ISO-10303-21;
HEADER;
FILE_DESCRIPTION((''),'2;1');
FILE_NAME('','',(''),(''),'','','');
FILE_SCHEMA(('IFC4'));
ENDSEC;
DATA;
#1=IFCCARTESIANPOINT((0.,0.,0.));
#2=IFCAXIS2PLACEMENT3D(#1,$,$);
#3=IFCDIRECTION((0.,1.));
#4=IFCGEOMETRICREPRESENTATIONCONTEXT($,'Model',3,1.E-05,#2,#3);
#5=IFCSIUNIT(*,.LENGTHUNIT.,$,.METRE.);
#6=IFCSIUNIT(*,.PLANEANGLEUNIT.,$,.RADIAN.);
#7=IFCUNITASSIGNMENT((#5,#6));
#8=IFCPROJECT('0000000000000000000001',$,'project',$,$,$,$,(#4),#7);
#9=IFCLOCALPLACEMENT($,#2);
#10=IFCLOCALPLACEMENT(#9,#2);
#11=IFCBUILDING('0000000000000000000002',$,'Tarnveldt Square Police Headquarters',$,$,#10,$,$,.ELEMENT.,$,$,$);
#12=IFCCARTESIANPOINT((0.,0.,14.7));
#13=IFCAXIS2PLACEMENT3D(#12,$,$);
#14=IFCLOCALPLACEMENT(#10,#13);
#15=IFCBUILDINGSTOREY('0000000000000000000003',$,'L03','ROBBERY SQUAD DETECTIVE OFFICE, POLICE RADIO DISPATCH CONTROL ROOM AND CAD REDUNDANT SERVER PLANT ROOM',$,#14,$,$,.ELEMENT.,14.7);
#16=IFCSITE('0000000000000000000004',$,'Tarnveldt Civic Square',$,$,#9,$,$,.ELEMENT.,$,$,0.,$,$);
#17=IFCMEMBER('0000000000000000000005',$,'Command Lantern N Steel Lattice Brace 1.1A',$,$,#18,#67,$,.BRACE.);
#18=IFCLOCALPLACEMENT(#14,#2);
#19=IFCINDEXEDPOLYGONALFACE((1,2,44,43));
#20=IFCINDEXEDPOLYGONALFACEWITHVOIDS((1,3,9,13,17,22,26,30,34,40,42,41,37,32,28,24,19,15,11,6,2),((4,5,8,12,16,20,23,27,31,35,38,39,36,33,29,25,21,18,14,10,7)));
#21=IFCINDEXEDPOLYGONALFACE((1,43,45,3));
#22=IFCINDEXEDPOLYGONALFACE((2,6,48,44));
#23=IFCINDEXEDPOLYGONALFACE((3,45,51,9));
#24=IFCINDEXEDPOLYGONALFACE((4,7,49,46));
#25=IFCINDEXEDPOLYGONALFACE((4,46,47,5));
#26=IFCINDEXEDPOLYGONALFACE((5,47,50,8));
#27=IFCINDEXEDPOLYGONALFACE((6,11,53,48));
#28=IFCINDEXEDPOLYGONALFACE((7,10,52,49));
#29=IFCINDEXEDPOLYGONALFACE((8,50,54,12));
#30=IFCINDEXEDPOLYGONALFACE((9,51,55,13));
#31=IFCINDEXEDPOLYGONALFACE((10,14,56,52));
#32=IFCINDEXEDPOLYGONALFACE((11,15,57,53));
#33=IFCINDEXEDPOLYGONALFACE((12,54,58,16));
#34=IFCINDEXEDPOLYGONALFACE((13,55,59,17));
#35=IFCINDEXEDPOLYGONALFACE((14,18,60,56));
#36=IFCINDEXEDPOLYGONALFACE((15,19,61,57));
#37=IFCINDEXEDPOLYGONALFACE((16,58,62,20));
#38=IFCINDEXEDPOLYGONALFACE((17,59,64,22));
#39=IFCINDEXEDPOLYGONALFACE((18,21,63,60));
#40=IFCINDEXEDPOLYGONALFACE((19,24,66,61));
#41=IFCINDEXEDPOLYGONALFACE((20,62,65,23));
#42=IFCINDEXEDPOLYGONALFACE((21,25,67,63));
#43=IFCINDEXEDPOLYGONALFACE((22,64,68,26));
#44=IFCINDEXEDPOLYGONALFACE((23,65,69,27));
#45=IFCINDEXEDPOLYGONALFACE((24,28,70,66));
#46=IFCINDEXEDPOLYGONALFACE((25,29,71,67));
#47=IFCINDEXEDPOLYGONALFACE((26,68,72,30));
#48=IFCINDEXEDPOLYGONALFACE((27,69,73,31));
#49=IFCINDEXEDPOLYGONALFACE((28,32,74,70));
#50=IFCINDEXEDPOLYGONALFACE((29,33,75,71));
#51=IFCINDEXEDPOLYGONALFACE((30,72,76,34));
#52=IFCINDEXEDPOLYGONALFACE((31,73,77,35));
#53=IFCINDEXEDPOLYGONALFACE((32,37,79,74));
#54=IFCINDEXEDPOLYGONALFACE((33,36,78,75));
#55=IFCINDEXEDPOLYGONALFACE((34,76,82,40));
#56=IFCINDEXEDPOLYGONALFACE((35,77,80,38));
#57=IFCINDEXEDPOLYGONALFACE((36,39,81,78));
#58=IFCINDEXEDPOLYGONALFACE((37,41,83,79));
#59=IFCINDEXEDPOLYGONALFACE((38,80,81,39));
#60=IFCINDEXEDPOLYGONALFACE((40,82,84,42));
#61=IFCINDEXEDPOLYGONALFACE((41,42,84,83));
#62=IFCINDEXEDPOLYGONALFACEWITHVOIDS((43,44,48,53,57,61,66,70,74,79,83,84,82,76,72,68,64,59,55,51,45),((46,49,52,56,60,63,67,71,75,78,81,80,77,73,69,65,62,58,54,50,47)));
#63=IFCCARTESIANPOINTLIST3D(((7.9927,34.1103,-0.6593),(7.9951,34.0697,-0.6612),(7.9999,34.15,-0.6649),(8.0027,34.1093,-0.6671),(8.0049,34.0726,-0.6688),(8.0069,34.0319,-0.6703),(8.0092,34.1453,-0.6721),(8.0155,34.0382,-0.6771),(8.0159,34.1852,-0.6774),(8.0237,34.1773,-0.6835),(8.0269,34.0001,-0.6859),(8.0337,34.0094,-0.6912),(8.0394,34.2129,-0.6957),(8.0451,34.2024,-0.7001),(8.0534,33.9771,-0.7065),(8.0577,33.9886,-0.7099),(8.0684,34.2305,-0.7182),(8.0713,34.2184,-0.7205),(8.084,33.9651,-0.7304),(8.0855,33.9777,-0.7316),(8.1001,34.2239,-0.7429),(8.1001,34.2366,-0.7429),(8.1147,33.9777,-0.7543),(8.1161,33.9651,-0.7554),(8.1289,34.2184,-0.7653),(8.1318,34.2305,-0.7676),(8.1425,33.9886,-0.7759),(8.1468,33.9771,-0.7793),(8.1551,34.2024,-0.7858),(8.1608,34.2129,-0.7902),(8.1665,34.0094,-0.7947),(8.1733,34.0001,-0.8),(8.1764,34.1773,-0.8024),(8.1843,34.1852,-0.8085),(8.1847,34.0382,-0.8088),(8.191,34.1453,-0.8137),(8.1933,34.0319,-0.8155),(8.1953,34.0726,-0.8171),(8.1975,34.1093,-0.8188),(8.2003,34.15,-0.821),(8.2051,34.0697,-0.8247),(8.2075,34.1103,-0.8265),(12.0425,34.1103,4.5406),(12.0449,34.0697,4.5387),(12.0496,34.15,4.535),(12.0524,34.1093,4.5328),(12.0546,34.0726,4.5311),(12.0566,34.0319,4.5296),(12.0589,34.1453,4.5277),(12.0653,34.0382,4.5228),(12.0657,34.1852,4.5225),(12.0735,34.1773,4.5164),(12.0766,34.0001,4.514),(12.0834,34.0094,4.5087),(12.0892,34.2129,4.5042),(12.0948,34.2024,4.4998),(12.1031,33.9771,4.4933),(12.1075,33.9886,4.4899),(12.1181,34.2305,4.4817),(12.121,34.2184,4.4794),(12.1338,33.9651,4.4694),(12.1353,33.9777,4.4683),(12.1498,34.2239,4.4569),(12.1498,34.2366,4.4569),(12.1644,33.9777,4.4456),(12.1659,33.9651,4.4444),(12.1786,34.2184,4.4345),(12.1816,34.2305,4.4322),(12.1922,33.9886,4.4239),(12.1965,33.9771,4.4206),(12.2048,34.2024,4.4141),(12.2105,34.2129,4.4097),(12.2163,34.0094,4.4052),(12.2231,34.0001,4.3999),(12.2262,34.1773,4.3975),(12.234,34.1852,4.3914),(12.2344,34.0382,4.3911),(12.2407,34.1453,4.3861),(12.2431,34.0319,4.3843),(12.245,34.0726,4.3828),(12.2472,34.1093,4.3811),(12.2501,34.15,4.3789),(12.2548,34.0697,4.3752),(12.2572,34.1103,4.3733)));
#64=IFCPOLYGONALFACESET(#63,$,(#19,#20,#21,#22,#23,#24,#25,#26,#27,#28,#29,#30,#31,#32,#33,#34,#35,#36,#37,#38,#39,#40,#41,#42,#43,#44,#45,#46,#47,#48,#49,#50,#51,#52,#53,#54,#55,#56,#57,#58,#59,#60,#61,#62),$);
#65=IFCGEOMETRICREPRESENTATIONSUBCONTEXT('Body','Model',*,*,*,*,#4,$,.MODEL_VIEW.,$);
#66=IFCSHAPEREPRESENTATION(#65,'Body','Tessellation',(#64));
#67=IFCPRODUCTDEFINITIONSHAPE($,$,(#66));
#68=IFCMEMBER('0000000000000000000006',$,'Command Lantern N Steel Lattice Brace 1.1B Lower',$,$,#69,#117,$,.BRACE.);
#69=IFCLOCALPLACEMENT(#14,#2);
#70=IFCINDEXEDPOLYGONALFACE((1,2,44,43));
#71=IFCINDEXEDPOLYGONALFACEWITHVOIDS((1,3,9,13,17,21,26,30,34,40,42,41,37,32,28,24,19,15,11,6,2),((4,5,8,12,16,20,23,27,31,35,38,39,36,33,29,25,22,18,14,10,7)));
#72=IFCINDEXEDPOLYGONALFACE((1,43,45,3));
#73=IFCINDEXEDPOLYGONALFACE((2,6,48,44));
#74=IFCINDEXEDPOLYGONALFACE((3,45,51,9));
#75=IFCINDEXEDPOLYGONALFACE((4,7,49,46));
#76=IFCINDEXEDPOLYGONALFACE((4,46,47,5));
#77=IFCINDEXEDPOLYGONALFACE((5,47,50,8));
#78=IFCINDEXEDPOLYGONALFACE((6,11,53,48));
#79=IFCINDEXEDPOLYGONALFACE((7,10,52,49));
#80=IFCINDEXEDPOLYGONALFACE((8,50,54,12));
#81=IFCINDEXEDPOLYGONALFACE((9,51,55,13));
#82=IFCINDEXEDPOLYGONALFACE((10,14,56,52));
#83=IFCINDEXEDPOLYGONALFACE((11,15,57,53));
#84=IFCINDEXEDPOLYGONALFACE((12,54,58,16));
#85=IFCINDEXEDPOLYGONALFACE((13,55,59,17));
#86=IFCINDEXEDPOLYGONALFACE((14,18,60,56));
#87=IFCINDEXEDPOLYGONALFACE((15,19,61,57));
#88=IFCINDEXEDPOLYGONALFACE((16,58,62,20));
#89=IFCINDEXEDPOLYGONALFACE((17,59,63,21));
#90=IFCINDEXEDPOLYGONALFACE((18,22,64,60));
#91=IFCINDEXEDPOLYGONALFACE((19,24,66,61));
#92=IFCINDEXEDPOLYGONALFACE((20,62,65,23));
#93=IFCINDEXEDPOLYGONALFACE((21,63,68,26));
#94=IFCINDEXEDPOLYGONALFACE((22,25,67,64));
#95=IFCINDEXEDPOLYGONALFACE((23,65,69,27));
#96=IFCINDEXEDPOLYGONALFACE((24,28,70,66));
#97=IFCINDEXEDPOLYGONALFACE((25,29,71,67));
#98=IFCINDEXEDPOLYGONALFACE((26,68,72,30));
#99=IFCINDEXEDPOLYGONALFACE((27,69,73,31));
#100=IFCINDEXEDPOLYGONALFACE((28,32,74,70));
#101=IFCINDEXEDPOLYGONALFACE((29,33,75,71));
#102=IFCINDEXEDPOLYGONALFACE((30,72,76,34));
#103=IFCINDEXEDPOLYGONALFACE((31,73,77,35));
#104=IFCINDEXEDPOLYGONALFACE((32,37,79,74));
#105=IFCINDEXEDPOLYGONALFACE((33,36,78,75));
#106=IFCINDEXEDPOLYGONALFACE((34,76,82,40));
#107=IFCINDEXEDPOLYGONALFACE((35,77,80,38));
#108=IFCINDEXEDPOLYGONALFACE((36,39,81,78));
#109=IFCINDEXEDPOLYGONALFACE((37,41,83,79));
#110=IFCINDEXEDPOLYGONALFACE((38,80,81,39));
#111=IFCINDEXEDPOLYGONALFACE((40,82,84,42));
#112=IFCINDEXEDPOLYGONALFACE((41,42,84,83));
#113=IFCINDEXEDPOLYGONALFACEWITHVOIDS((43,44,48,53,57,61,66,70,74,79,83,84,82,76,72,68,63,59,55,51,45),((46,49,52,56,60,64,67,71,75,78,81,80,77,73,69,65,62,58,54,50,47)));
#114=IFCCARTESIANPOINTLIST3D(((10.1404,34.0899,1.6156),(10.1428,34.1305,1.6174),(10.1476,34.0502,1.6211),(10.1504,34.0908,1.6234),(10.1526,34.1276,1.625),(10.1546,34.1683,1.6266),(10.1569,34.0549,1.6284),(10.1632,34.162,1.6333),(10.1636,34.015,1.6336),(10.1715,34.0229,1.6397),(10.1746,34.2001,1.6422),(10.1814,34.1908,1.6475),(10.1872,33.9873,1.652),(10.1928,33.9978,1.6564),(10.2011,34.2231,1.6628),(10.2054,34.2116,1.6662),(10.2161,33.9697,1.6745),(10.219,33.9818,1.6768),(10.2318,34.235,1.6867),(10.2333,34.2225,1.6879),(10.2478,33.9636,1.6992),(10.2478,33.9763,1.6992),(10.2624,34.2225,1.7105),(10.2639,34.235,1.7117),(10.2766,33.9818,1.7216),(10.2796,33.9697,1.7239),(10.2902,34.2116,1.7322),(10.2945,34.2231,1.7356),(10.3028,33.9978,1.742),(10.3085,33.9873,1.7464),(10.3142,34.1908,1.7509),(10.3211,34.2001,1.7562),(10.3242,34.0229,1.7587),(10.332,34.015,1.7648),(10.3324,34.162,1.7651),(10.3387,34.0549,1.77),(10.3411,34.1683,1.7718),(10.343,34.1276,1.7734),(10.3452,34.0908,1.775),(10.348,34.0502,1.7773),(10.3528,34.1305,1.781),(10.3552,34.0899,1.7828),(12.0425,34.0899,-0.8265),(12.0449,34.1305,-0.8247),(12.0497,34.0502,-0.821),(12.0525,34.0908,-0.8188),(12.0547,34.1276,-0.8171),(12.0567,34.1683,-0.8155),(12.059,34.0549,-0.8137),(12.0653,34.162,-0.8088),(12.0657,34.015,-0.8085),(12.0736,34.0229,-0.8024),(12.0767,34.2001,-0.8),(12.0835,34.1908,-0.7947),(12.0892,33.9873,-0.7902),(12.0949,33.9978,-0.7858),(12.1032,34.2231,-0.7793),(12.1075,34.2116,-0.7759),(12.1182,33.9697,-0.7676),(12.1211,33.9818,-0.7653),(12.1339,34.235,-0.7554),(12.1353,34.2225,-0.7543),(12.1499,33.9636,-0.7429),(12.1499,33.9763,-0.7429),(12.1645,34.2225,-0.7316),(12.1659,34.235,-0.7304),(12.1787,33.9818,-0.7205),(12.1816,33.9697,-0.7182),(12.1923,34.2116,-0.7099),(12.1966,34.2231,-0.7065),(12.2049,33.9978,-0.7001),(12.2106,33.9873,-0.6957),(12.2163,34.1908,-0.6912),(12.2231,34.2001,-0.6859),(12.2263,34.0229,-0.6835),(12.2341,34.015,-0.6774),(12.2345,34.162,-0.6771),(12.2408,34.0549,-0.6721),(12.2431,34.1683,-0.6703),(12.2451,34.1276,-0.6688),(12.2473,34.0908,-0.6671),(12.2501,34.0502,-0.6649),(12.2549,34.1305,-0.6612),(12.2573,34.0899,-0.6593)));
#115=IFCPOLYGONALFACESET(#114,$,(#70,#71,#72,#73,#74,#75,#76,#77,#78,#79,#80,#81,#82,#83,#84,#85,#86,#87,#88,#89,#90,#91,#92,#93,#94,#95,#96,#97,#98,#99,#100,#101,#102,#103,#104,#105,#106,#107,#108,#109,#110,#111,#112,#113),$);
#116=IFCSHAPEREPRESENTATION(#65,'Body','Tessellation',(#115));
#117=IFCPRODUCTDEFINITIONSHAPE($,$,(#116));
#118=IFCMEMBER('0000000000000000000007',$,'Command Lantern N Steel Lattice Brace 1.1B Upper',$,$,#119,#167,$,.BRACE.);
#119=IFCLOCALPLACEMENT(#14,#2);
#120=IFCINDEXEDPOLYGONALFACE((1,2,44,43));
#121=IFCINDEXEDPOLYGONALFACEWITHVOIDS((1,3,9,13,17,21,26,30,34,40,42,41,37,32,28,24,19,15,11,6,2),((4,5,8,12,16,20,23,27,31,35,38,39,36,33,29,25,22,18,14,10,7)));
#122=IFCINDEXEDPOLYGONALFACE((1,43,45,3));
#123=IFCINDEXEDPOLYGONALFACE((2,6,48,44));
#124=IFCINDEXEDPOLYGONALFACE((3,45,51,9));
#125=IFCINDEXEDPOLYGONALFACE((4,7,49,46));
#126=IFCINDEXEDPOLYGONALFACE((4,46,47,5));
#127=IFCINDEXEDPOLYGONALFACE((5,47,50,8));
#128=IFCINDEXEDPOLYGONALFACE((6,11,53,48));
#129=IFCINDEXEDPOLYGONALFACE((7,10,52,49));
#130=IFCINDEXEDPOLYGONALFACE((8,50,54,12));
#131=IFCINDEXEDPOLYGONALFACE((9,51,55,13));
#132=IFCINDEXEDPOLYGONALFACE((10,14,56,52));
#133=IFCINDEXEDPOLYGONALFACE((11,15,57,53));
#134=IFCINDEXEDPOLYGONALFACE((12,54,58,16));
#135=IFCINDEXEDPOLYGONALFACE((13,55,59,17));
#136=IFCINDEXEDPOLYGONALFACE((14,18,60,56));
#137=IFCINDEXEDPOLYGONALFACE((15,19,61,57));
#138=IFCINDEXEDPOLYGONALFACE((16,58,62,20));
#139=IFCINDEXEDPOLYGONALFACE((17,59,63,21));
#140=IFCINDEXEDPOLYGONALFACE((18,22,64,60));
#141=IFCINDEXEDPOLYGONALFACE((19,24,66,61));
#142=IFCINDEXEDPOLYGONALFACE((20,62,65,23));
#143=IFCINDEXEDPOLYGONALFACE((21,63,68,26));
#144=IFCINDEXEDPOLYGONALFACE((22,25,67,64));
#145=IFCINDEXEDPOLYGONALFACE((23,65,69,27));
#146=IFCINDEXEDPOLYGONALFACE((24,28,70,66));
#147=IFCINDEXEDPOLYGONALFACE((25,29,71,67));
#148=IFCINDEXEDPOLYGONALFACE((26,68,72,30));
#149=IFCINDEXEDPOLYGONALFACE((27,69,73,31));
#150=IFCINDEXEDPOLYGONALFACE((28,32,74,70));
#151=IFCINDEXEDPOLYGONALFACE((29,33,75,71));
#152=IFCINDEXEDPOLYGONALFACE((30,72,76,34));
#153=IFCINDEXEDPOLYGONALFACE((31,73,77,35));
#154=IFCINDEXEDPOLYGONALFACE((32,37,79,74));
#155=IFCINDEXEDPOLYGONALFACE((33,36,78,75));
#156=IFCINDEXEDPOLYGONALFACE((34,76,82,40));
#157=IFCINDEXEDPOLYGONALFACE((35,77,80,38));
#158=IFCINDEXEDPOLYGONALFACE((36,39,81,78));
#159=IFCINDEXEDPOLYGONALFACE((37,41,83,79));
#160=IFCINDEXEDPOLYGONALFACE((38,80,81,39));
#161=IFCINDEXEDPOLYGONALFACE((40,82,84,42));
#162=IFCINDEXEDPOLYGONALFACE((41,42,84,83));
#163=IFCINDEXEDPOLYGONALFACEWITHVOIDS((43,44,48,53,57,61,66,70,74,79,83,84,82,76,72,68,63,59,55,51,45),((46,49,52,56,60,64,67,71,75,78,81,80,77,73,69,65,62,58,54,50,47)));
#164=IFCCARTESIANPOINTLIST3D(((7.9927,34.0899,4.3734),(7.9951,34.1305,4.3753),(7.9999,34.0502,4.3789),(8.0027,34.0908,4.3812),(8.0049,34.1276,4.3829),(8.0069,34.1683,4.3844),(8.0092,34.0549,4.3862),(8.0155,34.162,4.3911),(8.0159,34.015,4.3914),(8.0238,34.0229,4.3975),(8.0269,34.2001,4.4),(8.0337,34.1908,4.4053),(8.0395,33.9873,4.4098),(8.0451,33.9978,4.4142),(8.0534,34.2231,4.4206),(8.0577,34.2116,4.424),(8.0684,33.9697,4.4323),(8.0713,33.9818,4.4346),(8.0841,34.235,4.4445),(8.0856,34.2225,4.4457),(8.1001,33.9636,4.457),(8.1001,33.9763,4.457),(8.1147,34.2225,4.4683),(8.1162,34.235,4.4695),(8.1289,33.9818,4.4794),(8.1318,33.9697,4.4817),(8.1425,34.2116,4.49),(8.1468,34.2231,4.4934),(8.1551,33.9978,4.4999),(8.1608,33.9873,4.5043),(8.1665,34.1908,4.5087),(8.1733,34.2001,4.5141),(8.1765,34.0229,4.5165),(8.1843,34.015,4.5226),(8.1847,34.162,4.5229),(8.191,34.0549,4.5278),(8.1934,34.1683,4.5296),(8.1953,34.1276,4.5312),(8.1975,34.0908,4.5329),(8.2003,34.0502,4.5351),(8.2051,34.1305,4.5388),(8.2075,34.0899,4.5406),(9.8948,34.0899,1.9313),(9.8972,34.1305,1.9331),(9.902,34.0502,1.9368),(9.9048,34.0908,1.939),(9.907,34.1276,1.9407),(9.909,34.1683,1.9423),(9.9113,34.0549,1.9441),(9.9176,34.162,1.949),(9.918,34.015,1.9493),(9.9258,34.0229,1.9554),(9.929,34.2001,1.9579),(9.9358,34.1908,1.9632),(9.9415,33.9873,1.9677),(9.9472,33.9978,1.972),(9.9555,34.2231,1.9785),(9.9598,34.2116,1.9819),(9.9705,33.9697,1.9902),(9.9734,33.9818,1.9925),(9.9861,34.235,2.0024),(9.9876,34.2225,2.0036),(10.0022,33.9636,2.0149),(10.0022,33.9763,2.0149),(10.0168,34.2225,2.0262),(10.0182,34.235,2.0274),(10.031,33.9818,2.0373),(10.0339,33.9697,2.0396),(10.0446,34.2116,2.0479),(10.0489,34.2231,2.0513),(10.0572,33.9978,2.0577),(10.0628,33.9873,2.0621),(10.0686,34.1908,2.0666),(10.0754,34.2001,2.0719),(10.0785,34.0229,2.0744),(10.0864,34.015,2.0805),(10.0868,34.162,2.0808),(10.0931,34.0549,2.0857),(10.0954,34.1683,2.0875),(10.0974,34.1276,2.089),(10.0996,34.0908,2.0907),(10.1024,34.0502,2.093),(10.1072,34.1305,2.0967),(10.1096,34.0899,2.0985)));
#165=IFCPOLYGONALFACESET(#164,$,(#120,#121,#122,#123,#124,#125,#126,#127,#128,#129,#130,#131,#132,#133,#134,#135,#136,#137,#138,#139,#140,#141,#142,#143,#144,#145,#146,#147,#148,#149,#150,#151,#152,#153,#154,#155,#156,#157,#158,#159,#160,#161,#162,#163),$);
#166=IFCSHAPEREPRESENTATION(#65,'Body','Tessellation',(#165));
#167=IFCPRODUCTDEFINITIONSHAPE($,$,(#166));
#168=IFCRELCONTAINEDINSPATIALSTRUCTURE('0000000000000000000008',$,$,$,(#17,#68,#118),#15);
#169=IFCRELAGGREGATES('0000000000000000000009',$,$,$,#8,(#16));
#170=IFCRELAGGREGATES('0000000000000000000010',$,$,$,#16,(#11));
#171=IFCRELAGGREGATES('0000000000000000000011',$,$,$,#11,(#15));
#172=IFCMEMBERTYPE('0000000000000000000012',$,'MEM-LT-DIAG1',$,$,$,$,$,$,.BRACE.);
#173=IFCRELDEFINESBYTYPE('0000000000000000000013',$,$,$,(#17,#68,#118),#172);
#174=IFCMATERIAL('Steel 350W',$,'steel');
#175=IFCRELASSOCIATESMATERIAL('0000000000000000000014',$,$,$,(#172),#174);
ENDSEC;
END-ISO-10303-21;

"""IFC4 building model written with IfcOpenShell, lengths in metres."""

from ifc_helpers import new_model, si_unit, direction, frame, origin, origin_2d, place, context, subcontext, project, spatial, hollow_circle, extrude, material, material_profile, profile_set, type_object, element, save


model = new_model("IFC4")

# Units and contexts
model_context = context("Model", 3, precision=1e-05, world=origin(), true_north=direction((0.0, 1.0)))
body_context = subcontext(model_context, "Body", "Model", "MODEL_VIEW")
ifc_project = project(units=[si_unit("LENGTHUNIT", "METRE"), si_unit("PLANEANGLEUNIT", "RADIAN")], contexts=[model_context])

# Site, building, storey
site_placement = place(None, origin())
site = spatial("IfcSite", under=ifc_project, at=site_placement, Name="Tarnveldt Civic Square", CompositionType="ELEMENT", RefElevation=0.0)
building_placement = place(site_placement, origin())
building = spatial("IfcBuilding", under=site, at=building_placement, Name="Tarnveldt Square Police Headquarters", CompositionType="ELEMENT")
storey_placement = place(building_placement, frame((0.0, 0.0, 14.7)))
storey = spatial("IfcBuildingStorey", under=building, at=storey_placement, Name="L03", Description="ROBBERY SQUAD DETECTIVE OFFICE, POLICE RADIO DISPATCH CONTROL ROOM AND CAD REDUNDANT SERVER PLANT ROOM", CompositionType="ELEMENT", Elevation=14.7)

# Members
ifc_material_1 = material(Name="Steel 350W", Category="steel")
ifc_material_profile_1 = material_profile(ifc_material_1, hollow_circle(Radius=0.1365, WallThickness=0.0127, at=origin_2d()), Name="HSS273x13")
ifc_profile_set_1 = profile_set([ifc_material_profile_1], Name="Steel 350W")
member_type_1 = type_object("IfcMemberType", Name="MEM-LT-DIAG1", PredefinedType="BRACE", material=ifc_profile_set_1)
member_1_placement = place(storey_placement, frame((8.1001, 34.1001, -0.7429), z_axis=(0.614451, 0.0, 0.788955), x_axis=(0.0, 1.0, 0.0)))
element("IfcMember", 1, at=member_1_placement, inside=storey, type_object=member_type_1, Name="Command Lantern N Steel Lattice Brace 1.1A", PredefinedType="BRACE", context=body_context, shape_type="SweptSolid", body=[
    extrude(hollow_circle(Radius=0.1365, WallThickness=0.0127, at=origin_2d()), origin(), (0.0, 0.0, 1.0), 6.5908),
])
for number, where, z_axis, x_axis, name in (
    (2, (12.1499, 34.1001, -0.7429), (-0.614476, 0.0, 0.788936), (0.0, -1.0, 0.0), "Command Lantern N Steel Lattice Brace 1.1B Lower"),
    (3, (10.0022, 34.1001, 2.0149), (-0.614476, 0.0, 0.788936), (0.0, -1.0, 0.0), "Command Lantern N Steel Lattice Brace 1.1B Upper"),
):
    element("IfcMember", number, at=place(storey_placement, frame(where, z_axis=z_axis, x_axis=x_axis)), inside=storey, type_object=member_type_1, Name=name, PredefinedType="BRACE", context=body_context, shape_type="SweptSolid", body=[
        extrude(hollow_circle(Radius=0.1365, WallThickness=0.0127, at=origin_2d()), origin(), (0.0, 0.0, 1.0), 3.0955),
    ])

save(model, "model.ifc")
